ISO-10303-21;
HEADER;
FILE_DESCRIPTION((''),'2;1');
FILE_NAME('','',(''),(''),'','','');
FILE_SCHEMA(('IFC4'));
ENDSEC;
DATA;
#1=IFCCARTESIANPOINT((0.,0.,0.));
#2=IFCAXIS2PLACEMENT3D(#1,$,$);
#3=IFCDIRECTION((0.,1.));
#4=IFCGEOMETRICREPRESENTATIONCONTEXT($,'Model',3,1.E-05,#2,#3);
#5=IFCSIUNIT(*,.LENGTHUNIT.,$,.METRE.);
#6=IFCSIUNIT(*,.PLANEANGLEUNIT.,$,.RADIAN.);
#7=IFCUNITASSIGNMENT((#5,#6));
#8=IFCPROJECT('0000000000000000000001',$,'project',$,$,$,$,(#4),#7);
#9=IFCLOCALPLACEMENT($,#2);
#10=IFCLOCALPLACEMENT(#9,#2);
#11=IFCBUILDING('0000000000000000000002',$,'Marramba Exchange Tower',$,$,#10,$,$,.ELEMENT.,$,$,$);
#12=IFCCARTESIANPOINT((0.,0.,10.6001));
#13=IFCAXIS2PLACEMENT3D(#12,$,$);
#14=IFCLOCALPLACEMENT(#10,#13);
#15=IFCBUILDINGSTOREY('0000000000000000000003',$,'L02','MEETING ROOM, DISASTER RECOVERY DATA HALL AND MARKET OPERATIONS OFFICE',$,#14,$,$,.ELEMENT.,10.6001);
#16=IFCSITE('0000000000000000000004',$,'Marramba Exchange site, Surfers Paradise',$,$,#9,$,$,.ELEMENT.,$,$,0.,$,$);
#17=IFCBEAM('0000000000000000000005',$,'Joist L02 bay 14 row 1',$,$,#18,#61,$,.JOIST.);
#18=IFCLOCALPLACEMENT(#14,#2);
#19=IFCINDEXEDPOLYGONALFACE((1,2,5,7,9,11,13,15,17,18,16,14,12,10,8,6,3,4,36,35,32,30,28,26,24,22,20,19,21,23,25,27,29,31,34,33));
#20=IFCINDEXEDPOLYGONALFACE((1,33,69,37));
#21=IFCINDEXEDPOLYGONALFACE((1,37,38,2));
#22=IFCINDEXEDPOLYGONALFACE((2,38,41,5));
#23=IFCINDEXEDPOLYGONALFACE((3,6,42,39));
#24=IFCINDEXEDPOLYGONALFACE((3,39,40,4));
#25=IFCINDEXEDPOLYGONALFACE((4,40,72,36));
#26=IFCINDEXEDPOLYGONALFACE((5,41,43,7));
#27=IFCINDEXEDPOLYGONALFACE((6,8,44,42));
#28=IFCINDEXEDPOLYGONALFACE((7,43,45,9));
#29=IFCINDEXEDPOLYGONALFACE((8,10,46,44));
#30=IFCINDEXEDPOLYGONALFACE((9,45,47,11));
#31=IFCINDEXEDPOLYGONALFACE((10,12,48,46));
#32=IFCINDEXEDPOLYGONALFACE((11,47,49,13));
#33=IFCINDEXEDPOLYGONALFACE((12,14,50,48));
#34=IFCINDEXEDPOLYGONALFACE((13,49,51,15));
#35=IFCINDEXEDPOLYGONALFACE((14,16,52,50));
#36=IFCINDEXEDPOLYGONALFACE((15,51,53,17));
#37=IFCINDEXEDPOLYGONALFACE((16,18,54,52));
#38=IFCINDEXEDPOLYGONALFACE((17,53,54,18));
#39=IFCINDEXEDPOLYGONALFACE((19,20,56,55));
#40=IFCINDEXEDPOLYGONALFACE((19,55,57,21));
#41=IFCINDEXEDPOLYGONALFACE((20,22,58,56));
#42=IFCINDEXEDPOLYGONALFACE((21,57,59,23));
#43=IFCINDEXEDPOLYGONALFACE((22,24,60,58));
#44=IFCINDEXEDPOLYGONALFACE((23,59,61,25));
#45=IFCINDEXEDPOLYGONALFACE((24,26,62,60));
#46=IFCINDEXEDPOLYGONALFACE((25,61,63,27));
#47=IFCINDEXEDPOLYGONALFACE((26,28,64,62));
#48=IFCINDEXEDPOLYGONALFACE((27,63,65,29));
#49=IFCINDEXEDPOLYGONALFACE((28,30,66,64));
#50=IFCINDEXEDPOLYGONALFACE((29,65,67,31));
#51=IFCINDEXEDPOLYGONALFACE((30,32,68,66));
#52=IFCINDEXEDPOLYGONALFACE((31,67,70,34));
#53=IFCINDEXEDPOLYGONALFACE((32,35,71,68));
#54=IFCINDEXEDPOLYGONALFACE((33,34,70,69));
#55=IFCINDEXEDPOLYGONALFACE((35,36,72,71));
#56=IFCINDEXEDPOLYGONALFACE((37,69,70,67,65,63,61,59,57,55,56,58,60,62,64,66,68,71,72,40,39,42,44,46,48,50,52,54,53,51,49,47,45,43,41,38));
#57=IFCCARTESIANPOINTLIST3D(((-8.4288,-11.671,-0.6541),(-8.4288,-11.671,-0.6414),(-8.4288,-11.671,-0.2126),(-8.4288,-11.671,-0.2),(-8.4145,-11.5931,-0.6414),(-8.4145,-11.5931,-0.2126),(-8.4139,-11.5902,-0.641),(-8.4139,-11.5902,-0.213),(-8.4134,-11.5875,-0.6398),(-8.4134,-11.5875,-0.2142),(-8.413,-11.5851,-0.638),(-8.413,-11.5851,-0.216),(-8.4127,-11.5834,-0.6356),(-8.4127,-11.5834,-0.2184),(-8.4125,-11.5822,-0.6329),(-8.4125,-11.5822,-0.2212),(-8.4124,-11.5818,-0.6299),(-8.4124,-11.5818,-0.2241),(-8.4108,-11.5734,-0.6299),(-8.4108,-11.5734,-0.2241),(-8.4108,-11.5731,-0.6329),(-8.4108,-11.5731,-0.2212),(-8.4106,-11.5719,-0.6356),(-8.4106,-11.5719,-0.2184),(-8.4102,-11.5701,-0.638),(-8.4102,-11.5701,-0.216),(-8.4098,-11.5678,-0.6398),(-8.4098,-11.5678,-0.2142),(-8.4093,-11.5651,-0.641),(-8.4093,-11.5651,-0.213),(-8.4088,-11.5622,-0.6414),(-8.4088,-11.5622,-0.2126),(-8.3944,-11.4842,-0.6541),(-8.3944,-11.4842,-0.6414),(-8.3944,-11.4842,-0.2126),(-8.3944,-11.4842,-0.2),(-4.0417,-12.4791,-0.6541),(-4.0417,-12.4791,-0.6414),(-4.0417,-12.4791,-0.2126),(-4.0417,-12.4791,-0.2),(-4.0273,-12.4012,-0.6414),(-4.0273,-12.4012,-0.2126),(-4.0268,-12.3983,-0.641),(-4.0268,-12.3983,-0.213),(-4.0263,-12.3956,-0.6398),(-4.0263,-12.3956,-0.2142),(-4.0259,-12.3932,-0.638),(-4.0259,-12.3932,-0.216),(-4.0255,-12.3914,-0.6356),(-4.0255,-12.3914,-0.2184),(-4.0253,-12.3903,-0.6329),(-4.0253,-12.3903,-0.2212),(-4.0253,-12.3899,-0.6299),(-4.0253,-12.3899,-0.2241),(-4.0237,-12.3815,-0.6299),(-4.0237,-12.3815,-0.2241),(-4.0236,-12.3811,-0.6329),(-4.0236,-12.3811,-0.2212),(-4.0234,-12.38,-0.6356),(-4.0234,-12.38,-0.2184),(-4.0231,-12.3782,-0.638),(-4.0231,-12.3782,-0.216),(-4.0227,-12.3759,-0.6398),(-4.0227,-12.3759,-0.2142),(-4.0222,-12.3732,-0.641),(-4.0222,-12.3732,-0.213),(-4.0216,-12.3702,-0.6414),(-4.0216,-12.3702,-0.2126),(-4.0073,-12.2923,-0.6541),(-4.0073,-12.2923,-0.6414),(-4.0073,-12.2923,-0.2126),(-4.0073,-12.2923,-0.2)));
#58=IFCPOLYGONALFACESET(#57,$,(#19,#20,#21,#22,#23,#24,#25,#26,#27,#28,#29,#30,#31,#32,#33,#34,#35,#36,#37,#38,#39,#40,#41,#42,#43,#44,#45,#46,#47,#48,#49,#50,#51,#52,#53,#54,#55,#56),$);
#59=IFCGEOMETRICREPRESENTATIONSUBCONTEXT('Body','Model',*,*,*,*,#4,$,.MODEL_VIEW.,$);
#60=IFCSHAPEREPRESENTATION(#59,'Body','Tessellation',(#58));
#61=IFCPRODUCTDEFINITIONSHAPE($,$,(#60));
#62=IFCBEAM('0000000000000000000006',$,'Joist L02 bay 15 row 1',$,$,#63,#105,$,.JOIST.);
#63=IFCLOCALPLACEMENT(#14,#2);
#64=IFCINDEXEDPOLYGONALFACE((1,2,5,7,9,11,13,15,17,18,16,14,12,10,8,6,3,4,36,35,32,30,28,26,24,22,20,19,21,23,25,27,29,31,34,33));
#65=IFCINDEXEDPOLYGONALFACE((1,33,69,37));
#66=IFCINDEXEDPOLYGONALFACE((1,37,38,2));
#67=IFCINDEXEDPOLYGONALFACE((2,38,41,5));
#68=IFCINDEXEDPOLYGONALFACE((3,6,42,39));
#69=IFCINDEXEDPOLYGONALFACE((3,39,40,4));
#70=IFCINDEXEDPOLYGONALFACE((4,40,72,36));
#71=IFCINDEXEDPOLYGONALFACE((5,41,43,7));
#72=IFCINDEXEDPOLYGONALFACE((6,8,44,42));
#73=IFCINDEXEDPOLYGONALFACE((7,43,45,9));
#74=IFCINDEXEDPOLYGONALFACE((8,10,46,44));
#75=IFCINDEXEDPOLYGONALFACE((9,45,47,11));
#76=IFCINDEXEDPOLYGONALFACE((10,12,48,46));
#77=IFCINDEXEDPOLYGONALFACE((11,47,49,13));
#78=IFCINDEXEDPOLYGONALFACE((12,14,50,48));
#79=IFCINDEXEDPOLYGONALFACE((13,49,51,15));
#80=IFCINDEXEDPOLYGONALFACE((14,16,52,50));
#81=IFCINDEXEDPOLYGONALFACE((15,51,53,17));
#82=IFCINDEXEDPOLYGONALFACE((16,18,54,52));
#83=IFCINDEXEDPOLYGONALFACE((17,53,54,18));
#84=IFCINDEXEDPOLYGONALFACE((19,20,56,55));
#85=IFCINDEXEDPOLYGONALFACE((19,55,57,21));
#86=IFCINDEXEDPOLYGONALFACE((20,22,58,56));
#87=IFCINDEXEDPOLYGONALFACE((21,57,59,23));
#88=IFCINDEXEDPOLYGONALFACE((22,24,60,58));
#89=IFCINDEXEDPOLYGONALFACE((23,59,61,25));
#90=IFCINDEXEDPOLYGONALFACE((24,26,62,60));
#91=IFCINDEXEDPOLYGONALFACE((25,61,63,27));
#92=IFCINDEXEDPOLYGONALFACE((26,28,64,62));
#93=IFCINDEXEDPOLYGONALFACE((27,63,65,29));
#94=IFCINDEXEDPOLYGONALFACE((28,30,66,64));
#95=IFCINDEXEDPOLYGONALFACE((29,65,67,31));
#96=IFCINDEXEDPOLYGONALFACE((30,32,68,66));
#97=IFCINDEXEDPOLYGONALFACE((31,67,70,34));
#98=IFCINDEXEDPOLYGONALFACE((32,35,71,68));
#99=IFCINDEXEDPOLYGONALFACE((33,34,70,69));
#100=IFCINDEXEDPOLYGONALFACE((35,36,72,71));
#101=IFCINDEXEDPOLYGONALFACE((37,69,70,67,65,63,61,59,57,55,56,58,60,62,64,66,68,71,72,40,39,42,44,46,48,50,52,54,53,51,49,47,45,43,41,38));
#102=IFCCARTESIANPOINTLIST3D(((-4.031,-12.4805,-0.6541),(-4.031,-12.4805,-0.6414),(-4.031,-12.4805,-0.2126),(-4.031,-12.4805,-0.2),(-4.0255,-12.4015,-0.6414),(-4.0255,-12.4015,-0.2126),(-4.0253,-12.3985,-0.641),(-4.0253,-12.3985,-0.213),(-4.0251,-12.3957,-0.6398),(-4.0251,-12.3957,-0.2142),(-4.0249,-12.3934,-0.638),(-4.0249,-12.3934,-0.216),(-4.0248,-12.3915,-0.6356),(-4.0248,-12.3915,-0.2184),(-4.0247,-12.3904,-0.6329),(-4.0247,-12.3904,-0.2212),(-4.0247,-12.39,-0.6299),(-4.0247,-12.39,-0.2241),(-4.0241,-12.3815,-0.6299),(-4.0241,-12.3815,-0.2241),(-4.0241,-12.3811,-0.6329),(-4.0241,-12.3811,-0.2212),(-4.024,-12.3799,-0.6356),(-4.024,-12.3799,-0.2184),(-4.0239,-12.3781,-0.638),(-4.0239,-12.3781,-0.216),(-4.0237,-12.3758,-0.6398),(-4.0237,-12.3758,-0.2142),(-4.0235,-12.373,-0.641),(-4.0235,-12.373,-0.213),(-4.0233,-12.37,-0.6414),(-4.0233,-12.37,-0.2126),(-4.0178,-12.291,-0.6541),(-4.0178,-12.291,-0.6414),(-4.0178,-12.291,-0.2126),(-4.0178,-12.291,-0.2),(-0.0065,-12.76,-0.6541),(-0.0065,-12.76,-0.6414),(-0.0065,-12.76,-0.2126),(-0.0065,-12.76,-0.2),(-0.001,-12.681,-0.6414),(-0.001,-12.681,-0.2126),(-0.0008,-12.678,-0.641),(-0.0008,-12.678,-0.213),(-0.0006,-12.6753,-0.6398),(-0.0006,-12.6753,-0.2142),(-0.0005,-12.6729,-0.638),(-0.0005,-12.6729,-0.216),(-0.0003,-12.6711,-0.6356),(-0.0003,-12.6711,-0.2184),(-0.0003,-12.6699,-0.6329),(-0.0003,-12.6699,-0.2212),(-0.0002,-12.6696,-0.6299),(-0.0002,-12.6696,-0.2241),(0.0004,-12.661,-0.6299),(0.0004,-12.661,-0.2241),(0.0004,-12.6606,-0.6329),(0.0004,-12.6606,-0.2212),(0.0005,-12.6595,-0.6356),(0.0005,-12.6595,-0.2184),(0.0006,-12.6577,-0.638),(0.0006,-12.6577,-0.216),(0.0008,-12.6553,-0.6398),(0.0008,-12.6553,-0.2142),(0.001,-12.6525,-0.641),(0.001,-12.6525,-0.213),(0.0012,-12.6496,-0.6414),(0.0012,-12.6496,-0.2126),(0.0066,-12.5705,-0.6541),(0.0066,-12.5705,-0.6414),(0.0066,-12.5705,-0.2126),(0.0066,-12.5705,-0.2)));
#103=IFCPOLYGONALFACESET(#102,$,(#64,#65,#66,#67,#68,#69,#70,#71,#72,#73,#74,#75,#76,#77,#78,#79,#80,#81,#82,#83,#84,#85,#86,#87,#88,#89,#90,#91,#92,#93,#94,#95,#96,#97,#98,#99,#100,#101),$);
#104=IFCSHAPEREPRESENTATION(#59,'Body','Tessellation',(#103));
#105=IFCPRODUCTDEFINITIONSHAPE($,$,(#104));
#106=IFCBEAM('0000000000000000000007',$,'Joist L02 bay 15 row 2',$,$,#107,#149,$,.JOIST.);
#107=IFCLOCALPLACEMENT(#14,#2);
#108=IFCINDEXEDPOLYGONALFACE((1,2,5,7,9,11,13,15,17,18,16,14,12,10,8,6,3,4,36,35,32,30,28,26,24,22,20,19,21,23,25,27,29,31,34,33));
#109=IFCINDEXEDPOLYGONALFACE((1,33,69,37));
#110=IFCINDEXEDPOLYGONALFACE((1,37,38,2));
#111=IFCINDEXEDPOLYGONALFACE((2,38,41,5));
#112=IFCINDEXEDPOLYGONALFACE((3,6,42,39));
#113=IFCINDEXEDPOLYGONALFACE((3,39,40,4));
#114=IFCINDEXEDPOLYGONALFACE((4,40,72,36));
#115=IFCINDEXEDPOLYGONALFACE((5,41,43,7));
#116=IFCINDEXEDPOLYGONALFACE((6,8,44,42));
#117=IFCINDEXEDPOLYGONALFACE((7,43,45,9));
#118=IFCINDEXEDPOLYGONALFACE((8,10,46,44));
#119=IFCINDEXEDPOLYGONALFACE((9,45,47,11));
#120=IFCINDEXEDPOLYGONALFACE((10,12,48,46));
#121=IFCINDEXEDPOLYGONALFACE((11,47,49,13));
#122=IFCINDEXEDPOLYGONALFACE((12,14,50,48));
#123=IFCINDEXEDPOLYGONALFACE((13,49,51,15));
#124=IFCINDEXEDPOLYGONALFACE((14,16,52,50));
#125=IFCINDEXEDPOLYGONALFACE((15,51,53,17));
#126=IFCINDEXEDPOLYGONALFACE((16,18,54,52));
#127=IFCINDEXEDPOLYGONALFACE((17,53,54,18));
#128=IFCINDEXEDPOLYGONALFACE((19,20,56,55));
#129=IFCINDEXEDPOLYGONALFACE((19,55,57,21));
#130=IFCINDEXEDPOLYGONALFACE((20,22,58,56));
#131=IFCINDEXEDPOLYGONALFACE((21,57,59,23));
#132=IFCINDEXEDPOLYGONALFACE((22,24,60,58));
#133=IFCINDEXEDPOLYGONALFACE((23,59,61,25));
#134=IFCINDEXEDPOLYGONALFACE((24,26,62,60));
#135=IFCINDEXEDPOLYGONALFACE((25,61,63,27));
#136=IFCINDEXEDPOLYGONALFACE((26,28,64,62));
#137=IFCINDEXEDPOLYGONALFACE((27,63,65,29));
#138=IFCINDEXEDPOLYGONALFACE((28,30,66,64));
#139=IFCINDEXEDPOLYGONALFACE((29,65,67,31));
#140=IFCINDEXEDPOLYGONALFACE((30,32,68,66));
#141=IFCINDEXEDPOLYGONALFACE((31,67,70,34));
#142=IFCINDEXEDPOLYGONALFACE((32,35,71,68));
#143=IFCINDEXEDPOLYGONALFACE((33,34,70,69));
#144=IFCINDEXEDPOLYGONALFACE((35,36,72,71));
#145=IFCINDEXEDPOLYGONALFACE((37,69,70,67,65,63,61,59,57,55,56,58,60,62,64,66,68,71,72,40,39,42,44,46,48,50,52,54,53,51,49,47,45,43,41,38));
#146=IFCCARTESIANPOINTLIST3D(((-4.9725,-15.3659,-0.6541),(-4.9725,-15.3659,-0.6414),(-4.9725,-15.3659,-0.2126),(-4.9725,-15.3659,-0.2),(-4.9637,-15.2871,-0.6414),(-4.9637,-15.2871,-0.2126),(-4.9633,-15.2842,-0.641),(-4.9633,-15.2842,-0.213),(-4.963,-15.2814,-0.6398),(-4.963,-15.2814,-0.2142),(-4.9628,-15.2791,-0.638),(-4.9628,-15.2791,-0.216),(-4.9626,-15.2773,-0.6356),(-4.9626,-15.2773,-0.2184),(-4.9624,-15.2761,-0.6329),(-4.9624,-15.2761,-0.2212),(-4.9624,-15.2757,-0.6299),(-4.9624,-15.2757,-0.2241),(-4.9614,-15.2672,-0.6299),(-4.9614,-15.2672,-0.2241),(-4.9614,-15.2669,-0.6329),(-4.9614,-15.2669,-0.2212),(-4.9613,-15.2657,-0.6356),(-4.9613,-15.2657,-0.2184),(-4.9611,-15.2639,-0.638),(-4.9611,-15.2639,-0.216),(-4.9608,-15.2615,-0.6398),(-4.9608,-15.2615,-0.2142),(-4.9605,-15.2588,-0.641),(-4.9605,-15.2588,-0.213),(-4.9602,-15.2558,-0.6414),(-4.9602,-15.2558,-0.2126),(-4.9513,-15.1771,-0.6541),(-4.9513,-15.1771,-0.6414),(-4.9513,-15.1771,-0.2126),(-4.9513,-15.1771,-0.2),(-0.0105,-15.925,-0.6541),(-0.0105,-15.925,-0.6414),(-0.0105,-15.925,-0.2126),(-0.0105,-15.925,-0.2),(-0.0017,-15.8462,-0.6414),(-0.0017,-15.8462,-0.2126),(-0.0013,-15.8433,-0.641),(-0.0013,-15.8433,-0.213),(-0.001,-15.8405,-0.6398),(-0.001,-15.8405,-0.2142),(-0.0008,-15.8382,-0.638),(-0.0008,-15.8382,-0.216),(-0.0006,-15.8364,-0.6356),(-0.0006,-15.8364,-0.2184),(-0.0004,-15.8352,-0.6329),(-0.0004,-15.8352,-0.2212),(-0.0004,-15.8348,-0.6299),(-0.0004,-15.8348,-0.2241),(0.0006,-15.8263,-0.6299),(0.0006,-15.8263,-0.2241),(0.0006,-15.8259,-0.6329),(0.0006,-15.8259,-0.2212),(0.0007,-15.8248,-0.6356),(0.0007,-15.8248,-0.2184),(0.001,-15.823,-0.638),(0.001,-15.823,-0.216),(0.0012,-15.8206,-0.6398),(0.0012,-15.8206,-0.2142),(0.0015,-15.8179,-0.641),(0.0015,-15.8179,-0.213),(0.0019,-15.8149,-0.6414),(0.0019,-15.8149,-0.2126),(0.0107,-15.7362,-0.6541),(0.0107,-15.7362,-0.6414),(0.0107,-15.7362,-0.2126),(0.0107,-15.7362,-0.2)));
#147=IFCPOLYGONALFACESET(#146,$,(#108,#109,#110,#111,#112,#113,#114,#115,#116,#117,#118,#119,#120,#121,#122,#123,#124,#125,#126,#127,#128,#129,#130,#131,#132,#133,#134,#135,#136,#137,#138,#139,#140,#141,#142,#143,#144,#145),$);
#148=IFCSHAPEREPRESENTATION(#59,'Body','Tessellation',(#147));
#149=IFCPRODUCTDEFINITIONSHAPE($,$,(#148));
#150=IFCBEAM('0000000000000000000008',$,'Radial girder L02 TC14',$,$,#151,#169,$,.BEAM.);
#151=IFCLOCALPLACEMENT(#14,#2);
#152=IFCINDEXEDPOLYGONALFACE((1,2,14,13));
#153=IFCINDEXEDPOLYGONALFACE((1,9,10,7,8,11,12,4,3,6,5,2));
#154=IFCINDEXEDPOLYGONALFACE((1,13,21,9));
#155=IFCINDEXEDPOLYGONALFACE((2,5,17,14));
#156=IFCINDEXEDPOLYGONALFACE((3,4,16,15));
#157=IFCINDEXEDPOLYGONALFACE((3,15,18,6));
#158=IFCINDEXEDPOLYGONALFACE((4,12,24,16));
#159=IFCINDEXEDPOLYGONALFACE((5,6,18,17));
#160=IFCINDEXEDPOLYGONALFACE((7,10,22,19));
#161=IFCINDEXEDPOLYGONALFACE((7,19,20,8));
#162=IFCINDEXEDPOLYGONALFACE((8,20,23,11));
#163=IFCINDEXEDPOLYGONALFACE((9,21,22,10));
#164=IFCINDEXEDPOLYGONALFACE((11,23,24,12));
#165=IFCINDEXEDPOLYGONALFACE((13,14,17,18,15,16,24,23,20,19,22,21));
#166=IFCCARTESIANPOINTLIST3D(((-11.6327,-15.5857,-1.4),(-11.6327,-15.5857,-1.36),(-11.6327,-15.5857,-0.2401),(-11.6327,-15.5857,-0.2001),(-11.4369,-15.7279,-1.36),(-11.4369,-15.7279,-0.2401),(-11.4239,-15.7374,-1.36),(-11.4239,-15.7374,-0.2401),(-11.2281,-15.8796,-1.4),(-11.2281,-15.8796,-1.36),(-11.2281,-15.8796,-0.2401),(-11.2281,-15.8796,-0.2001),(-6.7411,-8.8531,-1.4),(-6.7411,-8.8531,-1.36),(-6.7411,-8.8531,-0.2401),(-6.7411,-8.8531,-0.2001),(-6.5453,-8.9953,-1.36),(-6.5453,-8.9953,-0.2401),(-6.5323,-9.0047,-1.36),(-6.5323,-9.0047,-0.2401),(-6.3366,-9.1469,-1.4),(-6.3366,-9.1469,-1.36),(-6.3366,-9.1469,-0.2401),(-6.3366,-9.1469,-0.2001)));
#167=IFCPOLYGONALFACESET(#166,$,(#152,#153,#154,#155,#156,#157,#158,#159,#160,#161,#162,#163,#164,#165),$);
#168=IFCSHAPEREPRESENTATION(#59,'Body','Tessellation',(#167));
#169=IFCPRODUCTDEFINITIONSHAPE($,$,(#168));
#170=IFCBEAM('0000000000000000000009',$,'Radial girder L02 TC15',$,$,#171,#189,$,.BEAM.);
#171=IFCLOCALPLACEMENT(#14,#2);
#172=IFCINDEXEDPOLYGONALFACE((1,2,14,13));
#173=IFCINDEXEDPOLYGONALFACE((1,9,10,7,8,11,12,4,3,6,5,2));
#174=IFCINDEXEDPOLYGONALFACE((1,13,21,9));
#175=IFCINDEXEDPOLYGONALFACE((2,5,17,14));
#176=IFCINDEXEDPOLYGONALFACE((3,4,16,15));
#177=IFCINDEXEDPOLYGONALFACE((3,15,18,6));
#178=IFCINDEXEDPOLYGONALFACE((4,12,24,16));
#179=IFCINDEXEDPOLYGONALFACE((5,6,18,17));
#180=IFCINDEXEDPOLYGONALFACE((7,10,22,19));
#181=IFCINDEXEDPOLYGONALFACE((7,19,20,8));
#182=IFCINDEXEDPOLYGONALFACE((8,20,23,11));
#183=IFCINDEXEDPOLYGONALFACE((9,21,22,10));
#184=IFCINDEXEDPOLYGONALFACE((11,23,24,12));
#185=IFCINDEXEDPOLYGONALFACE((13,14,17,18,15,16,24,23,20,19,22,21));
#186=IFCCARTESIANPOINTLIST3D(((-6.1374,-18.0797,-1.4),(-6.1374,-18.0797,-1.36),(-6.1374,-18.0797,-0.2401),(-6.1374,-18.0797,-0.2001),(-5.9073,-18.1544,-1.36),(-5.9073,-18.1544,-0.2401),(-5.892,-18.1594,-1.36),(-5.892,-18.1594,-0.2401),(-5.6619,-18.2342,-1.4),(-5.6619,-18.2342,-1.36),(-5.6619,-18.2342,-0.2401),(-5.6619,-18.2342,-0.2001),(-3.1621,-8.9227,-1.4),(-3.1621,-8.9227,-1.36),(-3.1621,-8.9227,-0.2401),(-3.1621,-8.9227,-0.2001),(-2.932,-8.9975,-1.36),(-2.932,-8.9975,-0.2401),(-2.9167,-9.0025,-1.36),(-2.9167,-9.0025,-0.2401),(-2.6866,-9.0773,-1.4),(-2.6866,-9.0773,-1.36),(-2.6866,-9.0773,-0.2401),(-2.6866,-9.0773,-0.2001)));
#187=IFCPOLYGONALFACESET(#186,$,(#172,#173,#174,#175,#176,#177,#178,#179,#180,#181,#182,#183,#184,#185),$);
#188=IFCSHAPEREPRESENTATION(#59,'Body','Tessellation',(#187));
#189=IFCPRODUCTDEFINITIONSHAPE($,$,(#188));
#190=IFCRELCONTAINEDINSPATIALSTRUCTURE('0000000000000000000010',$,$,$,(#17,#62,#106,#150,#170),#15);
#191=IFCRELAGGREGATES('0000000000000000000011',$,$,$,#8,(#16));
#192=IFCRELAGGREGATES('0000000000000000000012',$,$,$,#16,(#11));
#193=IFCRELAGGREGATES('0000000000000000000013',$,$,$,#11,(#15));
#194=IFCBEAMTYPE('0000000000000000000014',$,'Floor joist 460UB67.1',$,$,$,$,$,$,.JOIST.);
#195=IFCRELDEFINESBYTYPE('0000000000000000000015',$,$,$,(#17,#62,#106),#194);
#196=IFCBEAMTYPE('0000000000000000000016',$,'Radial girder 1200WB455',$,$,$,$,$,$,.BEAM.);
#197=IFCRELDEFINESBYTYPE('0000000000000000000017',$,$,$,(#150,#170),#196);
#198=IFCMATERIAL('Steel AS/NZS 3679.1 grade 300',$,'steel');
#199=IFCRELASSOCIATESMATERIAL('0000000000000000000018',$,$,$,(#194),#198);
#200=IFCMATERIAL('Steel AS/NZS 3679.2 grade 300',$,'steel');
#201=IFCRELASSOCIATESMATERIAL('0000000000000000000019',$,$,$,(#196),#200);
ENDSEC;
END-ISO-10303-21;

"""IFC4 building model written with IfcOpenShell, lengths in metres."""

from ifc_helpers import new_model, si_unit, direction, frame, origin, origin_2d, place, context, subcontext, project, spatial, i_section, extrude, material, material_profile, profile_set, type_object, element, save


model = new_model("IFC4")

# Units and contexts
model_context = context("Model", 3, precision=1e-05, world=origin(), true_north=direction((0.0, 1.0)))
body_context = subcontext(model_context, "Body", "Model", "MODEL_VIEW")
ifc_project = project(units=[si_unit("LENGTHUNIT", "METRE"), si_unit("PLANEANGLEUNIT", "RADIAN")], contexts=[model_context])

# Site, building, storey
site_placement = place(None, origin())
site = spatial("IfcSite", under=ifc_project, at=site_placement, Name="Marramba Exchange site, Surfers Paradise", CompositionType="ELEMENT", RefElevation=0.0)
building_placement = place(site_placement, origin())
building = spatial("IfcBuilding", under=site, at=building_placement, Name="Marramba Exchange Tower", CompositionType="ELEMENT")
storey_placement = place(building_placement, frame((0.0, 0.0, 10.6001)))
storey = spatial("IfcBuildingStorey", under=building, at=storey_placement, Name="L02", Description="MEETING ROOM, DISASTER RECOVERY DATA HALL AND MARKET OPERATIONS OFFICE", CompositionType="ELEMENT", Elevation=10.6001)

# Beams
ifc_material_1 = material(Name="Steel AS/NZS 3679.1 grade 300", Category="steel")
ifc_material_profile_1 = material_profile(ifc_material_1, i_section(OverallWidth=0.1899, OverallDepth=0.4541, WebThickness=0.0085, FlangeThickness=0.0127, FilletRadius=0.0115, at=origin_2d()), Name="460UB67.1")
ifc_profile_set_1 = profile_set([ifc_material_profile_1], Name="Steel AS/NZS 3679.1 grade 300")
beam_type_1 = type_object("IfcBeamType", Name="Floor joist 460UB67.1", PredefinedType="JOIST", material=ifc_profile_set_1)
beam_1_placement = place(storey_placement, frame((-8.4116, -11.5776, -0.427), z_axis=(0.983456, -0.181149, 0.0), x_axis=(0.181149, 0.983456, 0.0)))
element("IfcBeam", 1, at=beam_1_placement, inside=storey, type_object=beam_type_1, Name="Joist L02 bay 14 row 1", PredefinedType="JOIST", context=body_context, shape_type="SweptSolid", body=[
    extrude(i_section(OverallWidth=0.1899, OverallDepth=0.4541, WebThickness=0.0085, FlangeThickness=0.0127, FilletRadius=0.0115, at=origin_2d()), origin(), (0.0, 0.0, 1.0), 4.4609),
])
beam_2_placement = place(storey_placement, frame((-4.0244, -12.3857, -0.427), z_axis=(0.997596, -0.069294, 0.0), x_axis=(0.069294, 0.997596, 0.0)))
element("IfcBeam", 2, at=beam_2_placement, inside=storey, type_object=beam_type_1, Name="Joist L02 bay 15 row 1", PredefinedType="JOIST", context=body_context, shape_type="SweptSolid", body=[
    extrude(i_section(OverallWidth=0.1899, OverallDepth=0.4541, WebThickness=0.0085, FlangeThickness=0.0127, FilletRadius=0.0115, at=origin_2d()), origin(), (0.0, 0.0, 1.0), 4.0342),
])
beam_3_placement = place(storey_placement, frame((-4.9619, -15.2715, -0.427), z_axis=(0.993712, -0.111966, 0.0), x_axis=(0.111966, 0.993712, 0.0)))
element("IfcBeam", 3, at=beam_3_placement, inside=storey, type_object=beam_type_1, Name="Joist L02 bay 15 row 2", PredefinedType="JOIST", context=body_context, shape_type="SweptSolid", body=[
    extrude(i_section(OverallWidth=0.1899, OverallDepth=0.4541, WebThickness=0.0085, FlangeThickness=0.0127, FilletRadius=0.0115, at=origin_2d()), origin(), (0.0, 0.0, 1.0), 4.9934),
])
ifc_material_2 = material(Name="Steel AS/NZS 3679.2 grade 300", Category="steel")
ifc_material_profile_2 = material_profile(ifc_material_2, i_section(OverallWidth=0.5, OverallDepth=1.2, WebThickness=0.0161, FlangeThickness=0.04, at=origin_2d()), Name="1200WB455")
ifc_profile_set_2 = profile_set([ifc_material_profile_2], Name="Steel AS/NZS 3679.2 grade 300")
beam_type_2 = type_object("IfcBeamType", Name="Radial girder 1200WB455", PredefinedType="BEAM", material=ifc_profile_set_2)
beam_4_placement = place(storey_placement, frame((-6.5388, -9.0, -0.8), z_axis=(-0.587788, -0.809015, 0.0), x_axis=(0.809015, -0.587788, 0.0)))
element("IfcBeam", 4, at=beam_4_placement, inside=storey, type_object=beam_type_2, Name="Radial girder L02 TC14", PredefinedType="BEAM", context=body_context, shape_type="SweptSolid", body=[
    extrude(i_section(OverallWidth=0.5, OverallDepth=1.2, WebThickness=0.0161, FlangeThickness=0.04, at=origin_2d()), origin(), (0.0, 0.0, 1.0), 8.322),
])
beam_5_placement = place(storey_placement, frame((-2.9243, -9.0, -0.8), z_axis=(-0.309022, -0.951055, 0.0), x_axis=(0.951055, -0.309022, 0.0)))
element("IfcBeam", 5, at=beam_5_placement, inside=storey, type_object=beam_type_2, Name="Radial girder L02 TC15", PredefinedType="BEAM", context=body_context, shape_type="SweptSolid", body=[
    extrude(i_section(OverallWidth=0.5, OverallDepth=1.2, WebThickness=0.0161, FlangeThickness=0.04, at=origin_2d()), origin(), (0.0, 0.0, 1.0), 9.6282),
])

save(model, "model.ifc")
